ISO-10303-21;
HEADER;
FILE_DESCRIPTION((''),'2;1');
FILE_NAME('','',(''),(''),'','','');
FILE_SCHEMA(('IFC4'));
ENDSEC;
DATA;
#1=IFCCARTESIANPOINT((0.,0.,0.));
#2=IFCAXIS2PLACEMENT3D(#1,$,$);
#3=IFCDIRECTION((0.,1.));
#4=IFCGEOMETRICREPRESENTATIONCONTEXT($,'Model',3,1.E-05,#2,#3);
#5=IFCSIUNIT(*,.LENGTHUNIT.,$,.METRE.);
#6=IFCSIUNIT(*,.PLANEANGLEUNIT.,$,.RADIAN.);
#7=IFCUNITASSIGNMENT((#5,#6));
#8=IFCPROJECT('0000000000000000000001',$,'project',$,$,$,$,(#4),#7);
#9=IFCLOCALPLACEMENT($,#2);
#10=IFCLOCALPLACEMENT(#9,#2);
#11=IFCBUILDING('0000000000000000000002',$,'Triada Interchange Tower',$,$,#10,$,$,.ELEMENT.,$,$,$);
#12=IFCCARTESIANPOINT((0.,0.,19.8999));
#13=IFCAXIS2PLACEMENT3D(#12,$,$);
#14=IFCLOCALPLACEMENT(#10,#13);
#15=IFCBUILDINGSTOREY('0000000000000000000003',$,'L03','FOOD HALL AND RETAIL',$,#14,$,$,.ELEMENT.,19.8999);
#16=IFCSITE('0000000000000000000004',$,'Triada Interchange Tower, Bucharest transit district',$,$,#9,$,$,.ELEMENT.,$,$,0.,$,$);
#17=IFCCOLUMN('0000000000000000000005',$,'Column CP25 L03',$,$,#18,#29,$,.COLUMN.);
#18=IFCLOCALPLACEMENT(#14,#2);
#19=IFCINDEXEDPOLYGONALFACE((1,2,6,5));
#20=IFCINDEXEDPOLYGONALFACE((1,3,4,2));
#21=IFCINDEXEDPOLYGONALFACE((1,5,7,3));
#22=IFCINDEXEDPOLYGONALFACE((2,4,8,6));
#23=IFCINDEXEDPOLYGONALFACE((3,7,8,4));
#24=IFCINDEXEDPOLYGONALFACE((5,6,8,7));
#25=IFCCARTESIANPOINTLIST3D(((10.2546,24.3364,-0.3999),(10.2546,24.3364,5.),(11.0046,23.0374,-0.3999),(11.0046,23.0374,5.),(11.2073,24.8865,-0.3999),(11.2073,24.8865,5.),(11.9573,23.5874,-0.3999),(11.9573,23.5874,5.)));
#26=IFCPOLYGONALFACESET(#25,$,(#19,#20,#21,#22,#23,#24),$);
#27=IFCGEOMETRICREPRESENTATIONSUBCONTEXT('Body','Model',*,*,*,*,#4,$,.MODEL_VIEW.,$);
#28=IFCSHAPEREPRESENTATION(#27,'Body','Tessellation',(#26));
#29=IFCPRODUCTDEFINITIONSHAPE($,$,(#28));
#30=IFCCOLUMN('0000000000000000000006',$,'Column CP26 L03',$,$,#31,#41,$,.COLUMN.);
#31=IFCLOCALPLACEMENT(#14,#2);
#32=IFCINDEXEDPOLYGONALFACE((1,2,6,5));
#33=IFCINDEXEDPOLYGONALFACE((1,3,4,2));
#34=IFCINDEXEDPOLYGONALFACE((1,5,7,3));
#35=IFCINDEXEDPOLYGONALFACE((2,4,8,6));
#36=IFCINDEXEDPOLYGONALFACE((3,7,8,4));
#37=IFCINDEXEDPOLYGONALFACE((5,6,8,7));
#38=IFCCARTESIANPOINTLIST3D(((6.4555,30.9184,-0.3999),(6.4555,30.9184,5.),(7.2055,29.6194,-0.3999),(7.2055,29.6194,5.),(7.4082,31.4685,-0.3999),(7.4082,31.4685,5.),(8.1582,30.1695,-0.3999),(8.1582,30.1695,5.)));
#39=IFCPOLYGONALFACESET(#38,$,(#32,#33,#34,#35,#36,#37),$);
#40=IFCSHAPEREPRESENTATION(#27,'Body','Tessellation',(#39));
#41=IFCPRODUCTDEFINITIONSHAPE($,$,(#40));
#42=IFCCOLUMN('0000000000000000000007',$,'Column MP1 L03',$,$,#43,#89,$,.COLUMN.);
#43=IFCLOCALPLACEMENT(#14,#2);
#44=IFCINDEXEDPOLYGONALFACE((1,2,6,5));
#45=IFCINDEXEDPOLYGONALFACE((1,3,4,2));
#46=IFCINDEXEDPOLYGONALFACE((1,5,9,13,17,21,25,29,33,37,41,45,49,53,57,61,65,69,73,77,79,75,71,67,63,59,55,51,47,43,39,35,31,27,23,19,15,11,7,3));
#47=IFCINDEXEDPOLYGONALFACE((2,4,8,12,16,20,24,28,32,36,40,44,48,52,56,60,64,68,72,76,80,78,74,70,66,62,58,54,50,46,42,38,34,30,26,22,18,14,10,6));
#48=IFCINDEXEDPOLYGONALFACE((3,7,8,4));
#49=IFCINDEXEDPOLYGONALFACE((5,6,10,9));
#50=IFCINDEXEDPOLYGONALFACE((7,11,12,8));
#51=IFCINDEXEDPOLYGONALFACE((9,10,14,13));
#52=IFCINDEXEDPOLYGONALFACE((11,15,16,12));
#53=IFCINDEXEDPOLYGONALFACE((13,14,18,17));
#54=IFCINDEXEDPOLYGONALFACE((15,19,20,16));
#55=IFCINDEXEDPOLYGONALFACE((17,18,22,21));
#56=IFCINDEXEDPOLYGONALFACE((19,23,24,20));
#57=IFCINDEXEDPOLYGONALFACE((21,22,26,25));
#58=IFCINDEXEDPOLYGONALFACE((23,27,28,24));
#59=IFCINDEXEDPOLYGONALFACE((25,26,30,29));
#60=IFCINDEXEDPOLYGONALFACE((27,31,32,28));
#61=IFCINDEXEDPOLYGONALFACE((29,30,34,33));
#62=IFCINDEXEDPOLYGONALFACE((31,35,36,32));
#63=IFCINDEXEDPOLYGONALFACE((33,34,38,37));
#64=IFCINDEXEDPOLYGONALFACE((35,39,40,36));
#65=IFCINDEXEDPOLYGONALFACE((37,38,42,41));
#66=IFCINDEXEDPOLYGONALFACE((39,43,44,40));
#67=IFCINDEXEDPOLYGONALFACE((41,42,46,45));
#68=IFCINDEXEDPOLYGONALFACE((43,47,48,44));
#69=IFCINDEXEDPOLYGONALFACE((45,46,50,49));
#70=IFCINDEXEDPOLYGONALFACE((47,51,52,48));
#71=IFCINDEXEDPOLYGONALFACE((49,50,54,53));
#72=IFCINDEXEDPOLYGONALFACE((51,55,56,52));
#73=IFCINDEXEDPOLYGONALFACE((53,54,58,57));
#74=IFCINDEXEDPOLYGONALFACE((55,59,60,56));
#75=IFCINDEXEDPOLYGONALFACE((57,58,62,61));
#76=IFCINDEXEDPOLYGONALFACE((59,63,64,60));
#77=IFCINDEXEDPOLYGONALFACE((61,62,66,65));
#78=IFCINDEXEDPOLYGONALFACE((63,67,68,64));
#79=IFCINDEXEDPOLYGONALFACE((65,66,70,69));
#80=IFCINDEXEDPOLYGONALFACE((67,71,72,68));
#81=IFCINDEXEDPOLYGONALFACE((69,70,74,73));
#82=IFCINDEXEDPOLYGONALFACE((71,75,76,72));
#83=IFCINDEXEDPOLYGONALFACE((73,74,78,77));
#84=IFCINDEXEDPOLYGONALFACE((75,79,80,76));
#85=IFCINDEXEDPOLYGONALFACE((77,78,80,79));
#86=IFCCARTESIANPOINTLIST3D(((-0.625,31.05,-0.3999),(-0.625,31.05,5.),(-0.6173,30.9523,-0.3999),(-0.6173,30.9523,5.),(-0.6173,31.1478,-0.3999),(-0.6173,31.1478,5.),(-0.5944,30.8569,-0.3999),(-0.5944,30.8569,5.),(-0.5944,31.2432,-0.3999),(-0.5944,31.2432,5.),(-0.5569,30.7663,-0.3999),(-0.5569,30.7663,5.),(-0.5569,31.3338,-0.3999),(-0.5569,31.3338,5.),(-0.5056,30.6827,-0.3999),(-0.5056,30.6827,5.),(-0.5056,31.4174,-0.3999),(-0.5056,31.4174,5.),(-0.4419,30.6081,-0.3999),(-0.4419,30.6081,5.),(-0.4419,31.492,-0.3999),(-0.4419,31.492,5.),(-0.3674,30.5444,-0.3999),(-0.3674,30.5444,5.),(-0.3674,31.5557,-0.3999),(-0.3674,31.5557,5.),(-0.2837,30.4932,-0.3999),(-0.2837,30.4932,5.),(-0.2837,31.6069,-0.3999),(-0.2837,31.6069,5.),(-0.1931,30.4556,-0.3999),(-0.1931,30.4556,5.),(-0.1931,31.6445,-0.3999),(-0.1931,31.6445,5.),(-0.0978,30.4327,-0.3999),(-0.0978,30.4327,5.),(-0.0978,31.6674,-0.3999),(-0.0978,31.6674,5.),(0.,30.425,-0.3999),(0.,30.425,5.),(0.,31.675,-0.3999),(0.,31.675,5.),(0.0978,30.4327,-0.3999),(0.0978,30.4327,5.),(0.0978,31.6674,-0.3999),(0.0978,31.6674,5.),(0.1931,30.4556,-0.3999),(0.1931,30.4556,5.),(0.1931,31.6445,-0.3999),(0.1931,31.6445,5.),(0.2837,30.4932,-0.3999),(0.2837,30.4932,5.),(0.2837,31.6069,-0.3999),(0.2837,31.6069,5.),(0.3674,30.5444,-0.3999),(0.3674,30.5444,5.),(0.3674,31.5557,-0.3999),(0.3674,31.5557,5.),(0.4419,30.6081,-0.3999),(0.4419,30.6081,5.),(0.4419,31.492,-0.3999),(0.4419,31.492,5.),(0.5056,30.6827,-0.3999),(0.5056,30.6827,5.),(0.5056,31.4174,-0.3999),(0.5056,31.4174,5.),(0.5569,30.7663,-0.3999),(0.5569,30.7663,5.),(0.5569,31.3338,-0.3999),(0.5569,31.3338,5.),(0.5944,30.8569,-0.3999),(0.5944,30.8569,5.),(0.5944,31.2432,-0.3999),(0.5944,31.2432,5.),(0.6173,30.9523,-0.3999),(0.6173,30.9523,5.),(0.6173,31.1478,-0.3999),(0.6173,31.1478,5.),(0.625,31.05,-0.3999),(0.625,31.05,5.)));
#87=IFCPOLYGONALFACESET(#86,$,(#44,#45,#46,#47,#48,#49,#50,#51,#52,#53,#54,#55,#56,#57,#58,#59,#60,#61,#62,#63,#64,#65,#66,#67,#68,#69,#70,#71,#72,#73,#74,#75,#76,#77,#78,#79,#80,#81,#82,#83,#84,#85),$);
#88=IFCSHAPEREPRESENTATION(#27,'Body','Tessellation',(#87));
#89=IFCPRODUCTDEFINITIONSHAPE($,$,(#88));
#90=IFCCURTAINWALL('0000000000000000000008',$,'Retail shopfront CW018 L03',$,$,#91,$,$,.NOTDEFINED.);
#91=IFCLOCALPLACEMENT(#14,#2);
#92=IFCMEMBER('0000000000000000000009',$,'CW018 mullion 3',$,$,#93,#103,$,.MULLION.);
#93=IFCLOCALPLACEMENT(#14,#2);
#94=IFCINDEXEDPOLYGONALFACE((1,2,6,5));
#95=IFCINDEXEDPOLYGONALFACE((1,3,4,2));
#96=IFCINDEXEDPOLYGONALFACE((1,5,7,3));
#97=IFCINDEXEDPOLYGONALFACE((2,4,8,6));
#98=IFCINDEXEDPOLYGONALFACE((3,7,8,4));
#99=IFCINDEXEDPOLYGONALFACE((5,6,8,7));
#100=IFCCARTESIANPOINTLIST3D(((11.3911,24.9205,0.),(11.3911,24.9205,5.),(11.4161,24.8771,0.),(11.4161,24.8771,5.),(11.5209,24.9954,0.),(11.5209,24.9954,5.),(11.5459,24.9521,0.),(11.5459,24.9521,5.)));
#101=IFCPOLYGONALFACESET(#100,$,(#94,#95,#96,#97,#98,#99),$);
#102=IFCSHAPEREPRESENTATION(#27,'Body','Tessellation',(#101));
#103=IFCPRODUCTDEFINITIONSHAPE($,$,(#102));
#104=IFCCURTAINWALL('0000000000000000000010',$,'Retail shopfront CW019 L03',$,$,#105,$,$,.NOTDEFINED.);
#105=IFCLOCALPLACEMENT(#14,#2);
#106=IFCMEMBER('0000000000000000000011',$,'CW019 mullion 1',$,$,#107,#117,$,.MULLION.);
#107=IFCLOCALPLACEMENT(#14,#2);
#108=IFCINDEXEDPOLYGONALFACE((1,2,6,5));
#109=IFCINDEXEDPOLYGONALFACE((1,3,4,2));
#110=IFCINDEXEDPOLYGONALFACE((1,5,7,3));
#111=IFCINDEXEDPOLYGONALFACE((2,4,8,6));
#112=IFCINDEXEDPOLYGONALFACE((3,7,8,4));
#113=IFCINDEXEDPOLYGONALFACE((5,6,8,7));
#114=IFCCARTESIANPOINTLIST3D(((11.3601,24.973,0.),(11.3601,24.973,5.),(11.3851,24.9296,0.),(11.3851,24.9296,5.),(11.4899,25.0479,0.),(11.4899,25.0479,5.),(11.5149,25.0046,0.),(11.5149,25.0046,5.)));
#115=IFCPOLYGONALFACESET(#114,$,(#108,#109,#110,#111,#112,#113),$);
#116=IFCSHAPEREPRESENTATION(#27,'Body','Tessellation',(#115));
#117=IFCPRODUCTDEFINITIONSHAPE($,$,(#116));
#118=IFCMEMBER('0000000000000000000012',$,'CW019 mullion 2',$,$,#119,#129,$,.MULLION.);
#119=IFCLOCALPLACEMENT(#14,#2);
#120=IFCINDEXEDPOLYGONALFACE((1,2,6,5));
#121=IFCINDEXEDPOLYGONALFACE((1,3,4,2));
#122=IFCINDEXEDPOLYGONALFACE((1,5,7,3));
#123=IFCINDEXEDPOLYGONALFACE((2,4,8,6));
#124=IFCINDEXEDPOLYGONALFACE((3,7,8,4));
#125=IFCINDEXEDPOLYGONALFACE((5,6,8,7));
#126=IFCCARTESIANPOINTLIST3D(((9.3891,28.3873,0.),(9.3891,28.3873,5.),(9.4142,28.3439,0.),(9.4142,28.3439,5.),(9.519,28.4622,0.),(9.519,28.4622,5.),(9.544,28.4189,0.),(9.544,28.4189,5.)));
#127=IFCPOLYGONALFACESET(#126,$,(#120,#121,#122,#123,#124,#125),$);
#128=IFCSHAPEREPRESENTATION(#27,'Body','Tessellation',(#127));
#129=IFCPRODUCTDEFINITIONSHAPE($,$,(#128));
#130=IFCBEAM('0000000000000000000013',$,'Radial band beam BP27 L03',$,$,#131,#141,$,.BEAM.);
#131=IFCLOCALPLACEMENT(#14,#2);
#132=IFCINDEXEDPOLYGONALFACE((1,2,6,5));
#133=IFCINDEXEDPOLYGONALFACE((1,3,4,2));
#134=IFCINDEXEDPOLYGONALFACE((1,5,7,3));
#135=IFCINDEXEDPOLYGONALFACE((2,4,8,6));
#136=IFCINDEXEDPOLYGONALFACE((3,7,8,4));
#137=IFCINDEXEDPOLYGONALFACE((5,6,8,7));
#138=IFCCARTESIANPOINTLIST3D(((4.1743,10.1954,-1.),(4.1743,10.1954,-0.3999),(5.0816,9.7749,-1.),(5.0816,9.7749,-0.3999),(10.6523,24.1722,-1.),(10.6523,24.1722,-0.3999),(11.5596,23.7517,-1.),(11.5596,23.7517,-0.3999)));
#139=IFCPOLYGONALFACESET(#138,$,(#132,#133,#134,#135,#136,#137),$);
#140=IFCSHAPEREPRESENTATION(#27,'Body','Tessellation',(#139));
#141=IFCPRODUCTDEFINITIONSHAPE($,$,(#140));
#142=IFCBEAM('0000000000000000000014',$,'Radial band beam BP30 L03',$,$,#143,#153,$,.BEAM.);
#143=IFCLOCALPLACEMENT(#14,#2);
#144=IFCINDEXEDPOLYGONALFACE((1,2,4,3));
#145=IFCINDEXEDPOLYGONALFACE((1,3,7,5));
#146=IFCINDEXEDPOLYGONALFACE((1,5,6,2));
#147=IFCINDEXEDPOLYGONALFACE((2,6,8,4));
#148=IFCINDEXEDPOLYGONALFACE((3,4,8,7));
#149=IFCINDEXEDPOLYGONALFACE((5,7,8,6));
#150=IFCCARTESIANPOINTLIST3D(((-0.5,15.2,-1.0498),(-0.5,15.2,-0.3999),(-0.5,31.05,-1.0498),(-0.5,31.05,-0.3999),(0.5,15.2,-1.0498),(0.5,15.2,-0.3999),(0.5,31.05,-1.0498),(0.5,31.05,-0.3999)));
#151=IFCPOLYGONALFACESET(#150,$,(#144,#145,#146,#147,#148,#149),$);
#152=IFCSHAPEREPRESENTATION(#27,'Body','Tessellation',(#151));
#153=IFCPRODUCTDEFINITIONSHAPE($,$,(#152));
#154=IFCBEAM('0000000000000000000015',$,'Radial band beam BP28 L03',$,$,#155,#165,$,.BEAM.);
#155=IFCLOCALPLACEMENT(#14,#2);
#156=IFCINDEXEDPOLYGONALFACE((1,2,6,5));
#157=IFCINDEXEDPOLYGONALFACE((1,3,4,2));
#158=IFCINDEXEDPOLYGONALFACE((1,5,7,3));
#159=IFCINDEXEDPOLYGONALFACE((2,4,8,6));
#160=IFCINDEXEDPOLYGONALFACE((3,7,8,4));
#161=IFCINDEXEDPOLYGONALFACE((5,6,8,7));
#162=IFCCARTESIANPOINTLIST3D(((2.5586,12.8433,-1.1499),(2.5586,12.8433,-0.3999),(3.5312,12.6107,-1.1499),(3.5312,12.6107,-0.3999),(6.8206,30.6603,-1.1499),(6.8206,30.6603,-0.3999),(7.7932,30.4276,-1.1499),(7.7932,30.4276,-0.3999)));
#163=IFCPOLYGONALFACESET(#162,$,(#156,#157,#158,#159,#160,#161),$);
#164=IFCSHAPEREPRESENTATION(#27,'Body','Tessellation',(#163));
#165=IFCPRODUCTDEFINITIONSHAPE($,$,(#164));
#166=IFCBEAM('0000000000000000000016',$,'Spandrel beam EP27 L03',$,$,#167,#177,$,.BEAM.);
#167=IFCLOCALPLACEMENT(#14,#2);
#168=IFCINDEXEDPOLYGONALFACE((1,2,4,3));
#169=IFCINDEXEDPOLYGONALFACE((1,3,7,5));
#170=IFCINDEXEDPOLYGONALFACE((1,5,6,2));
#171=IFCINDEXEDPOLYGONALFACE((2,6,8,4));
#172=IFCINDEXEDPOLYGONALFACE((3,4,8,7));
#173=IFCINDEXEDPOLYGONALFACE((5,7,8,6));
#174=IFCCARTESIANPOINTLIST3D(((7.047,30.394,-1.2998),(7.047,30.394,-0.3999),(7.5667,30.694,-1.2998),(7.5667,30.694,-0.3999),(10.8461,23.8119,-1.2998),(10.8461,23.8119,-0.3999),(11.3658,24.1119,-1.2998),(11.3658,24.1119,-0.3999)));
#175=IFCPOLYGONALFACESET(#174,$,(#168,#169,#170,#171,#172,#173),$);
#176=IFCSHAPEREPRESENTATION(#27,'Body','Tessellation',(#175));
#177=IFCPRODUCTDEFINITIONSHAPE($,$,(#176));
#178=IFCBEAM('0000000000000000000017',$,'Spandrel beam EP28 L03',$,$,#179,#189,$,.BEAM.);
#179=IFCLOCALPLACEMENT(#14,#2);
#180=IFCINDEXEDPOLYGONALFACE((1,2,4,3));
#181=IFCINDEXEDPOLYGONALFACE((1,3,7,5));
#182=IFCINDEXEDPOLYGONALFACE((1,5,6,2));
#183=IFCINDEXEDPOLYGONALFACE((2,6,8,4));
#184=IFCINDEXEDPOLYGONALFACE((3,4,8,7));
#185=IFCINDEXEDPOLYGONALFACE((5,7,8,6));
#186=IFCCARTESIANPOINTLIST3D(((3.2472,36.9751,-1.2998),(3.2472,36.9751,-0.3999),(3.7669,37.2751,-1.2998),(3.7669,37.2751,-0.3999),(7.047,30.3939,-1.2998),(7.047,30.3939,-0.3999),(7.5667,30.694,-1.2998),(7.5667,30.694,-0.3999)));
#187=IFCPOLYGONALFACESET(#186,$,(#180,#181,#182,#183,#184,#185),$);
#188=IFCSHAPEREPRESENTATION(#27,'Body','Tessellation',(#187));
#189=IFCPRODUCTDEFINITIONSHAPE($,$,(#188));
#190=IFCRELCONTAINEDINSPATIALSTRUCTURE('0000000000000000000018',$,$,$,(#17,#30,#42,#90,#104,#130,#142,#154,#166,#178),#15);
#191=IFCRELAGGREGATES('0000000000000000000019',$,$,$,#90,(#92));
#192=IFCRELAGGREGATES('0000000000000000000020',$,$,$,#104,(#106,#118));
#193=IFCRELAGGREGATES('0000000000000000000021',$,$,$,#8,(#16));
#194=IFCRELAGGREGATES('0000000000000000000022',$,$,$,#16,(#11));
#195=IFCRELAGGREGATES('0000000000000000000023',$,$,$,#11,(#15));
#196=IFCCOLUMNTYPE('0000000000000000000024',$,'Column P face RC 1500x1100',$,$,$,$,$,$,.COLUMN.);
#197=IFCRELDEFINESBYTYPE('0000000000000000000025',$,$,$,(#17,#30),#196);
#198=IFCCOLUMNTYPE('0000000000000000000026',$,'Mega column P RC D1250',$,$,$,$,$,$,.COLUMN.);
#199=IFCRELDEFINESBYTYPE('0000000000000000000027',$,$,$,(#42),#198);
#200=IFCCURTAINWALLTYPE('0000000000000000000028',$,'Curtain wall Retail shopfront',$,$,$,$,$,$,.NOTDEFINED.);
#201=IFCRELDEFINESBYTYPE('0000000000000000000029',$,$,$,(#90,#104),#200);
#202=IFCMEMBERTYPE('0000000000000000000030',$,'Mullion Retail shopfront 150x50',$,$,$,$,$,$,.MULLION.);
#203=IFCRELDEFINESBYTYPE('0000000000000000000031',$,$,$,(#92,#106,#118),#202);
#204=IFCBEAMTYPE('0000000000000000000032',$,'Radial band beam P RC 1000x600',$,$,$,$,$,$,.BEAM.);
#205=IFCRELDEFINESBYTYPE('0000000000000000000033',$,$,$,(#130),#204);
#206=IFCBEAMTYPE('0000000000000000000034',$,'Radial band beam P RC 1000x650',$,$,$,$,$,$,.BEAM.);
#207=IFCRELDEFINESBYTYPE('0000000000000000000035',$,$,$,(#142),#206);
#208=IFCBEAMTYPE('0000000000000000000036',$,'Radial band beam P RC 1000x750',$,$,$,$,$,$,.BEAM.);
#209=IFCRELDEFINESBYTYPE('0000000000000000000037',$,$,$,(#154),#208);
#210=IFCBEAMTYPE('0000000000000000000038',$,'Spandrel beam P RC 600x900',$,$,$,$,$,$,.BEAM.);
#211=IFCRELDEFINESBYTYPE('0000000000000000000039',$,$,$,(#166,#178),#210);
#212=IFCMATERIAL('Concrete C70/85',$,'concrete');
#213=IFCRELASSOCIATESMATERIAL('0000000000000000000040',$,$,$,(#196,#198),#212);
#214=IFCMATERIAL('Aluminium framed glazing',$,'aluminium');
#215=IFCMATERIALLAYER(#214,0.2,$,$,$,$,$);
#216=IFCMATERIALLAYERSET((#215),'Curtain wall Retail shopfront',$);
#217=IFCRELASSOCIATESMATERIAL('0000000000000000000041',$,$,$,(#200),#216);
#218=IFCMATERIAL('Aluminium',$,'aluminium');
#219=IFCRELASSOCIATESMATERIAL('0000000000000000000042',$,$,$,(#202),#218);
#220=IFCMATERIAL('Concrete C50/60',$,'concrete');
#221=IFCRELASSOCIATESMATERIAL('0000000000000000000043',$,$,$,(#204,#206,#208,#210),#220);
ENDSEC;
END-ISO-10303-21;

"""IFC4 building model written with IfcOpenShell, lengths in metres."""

from ifc_helpers import new_model, si_unit, direction, frame, origin, origin_2d, place, context, subcontext, project, spatial, rectangle, circle, extrude, material, layer, layer_set, material_profile, profile_set, type_object, element, aggregate, save


model = new_model("IFC4")

# Units and contexts
model_context = context("Model", 3, precision=1e-05, world=origin(), true_north=direction((0.0, 1.0)))
body_context = subcontext(model_context, "Body", "Model", "MODEL_VIEW")
ifc_project = project(units=[si_unit("LENGTHUNIT", "METRE"), si_unit("PLANEANGLEUNIT", "RADIAN")], contexts=[model_context])

# Site, building, storey
site_placement = place(None, origin())
site = spatial("IfcSite", under=ifc_project, at=site_placement, Name="Triada Interchange Tower, Bucharest transit district", CompositionType="ELEMENT", RefElevation=0.0)
building_placement = place(site_placement, origin())
building = spatial("IfcBuilding", under=site, at=building_placement, Name="Triada Interchange Tower", CompositionType="ELEMENT")
storey_placement = place(building_placement, frame((0.0, 0.0, 19.8999)))
storey = spatial("IfcBuildingStorey", under=building, at=storey_placement, Name="L03", Description="FOOD HALL AND RETAIL", CompositionType="ELEMENT", Elevation=19.8999)

# Columns
ifc_material_1 = material(Name="Concrete C70/85", Category="concrete")
ifc_material_profile_1 = material_profile(ifc_material_1, rectangle(XDim=1.5, YDim=1.1001, at=origin_2d()), Name="RC 1500x1100")
ifc_profile_set_1 = profile_set([ifc_material_profile_1], Name="Concrete C70/85")
column_type_1 = type_object("IfcColumnType", Name="Column P face RC 1500x1100", PredefinedType="COLUMN", material=ifc_profile_set_1)
for number, where, z_axis, x_axis, name in (
    (1, (11.106, 23.9619, -0.3999), (0.0, 0.0, 1.0), (-0.5, 0.866025, 0.0), "Column CP25 L03"),
    (2, (7.3069, 30.5439, -0.3999), (0.0, 0.0, 1.0), (-0.5, 0.866025, 0.0), "Column CP26 L03"),
):
    element("IfcColumn", number, at=place(storey_placement, frame(where, z_axis=z_axis, x_axis=x_axis)), inside=storey, type_object=column_type_1, Name=name, PredefinedType="COLUMN", context=body_context, shape_type="SweptSolid", body=[
        extrude(rectangle(XDim=1.5, YDim=1.1001, at=origin_2d()), origin(), (0.0, 0.0, 1.0), 5.3999),
    ])
ifc_material_profile_2 = material_profile(ifc_material_1, circle(Radius=0.625, at=origin_2d()), Name="RC D1250")
ifc_profile_set_2 = profile_set([ifc_material_profile_2], Name="Concrete C70/85")
column_type_2 = type_object("IfcColumnType", Name="Mega column P RC D1250", PredefinedType="COLUMN", material=ifc_profile_set_2)
column_placement = place(storey_placement, frame((0.0, 31.05, -0.3999), z_axis=(0.0, 0.0, 1.0), x_axis=(1.0, 0.0, 0.0)))
element("IfcColumn", 3, at=column_placement, inside=storey, type_object=column_type_2, Name="Column MP1 L03", PredefinedType="COLUMN", context=body_context, shape_type="SweptSolid", body=[
    extrude(circle(Radius=0.625, at=origin_2d()), origin(), (0.0, 0.0, 1.0), 5.3999),
])

# Curtain wall, member
ifc_material_2 = material(Name="Aluminium framed glazing", Category="aluminium")
ifc_layer_1 = layer(ifc_material_2, 0.2)
ifc_layer_set_1 = layer_set([ifc_layer_1], Name="Curtain wall Retail shopfront")
curtain_wall_type = type_object("IfcCurtainWallType", Name="Curtain wall Retail shopfront", PredefinedType="NOTDEFINED", material=ifc_layer_set_1)
curtain_wall_1_placement = place(storey_placement, origin())
curtain_wall_1 = element("IfcCurtainWall", 4, at=curtain_wall_1_placement, inside=storey, type_object=curtain_wall_type, Name="Retail shopfront CW018 L03", PredefinedType="NOTDEFINED")
ifc_material_3 = material(Name="Aluminium", Category="aluminium")
ifc_material_profile_3 = material_profile(ifc_material_3, rectangle(XDim=0.1499, YDim=0.05, at=origin_2d()), Name="Aluminium mullion")
ifc_profile_set_3 = profile_set([ifc_material_profile_3], Name="Aluminium")
member_type_1 = type_object("IfcMemberType", Name="Mullion Retail shopfront 150x50", PredefinedType="MULLION", material=ifc_profile_set_3)
member_1_placement = place(storey_placement, frame((11.4685, 24.9363, 0.0), z_axis=(0.0, 0.0, 1.0), x_axis=(-0.866055, -0.499948, 0.0)))
member_1 = element("IfcMember", 5, at=member_1_placement, type_object=member_type_1, Name="CW018 mullion 3", PredefinedType="MULLION", context=body_context, shape_type="SweptSolid", body=[
    extrude(rectangle(XDim=0.1499, YDim=0.05, at=origin_2d()), origin(), (0.0, 0.0, 1.0), 5.0),
])
aggregate(curtain_wall_1, [member_1])

# Curtain wall, members
curtain_wall_2_placement = place(storey_placement, origin())
curtain_wall_2 = element("IfcCurtainWall", 6, at=curtain_wall_2_placement, inside=storey, type_object=curtain_wall_type, Name="Retail shopfront CW019 L03", PredefinedType="NOTDEFINED")
member_2_placement = place(storey_placement, frame((11.4375, 24.9888, 0.0), z_axis=(0.0, 0.0, 1.0), x_axis=(-0.866055, -0.499948, 0.0)))
member_2 = element("IfcMember", 7, at=member_2_placement, type_object=member_type_1, Name="CW019 mullion 1", PredefinedType="MULLION", context=body_context, shape_type="SweptSolid", body=[
    extrude(rectangle(XDim=0.1499, YDim=0.05, at=origin_2d()), origin(), (0.0, 0.0, 1.0), 5.0),
])
member_3_placement = place(storey_placement, frame((9.4666, 28.4031, 0.0), z_axis=(0.0, 0.0, 1.0), x_axis=(-0.866055, -0.499948, 0.0)))
member_3 = element("IfcMember", 8, at=member_3_placement, type_object=member_type_1, Name="CW019 mullion 2", PredefinedType="MULLION", context=body_context, shape_type="SweptSolid", body=[
    extrude(rectangle(XDim=0.1499, YDim=0.05, at=origin_2d()), origin(), (0.0, 0.0, 1.0), 5.0),
])

# Beams
ifc_material_4 = material(Name="Concrete C50/60", Category="concrete")
ifc_material_profile_4 = material_profile(ifc_material_4, rectangle(XDim=1.0, YDim=0.6001, at=origin_2d()), Name="RC 1000x600")
ifc_profile_set_4 = profile_set([ifc_material_profile_4], Name="Concrete C50/60")
beam_type_1 = type_object("IfcBeamType", Name="Radial band beam P RC 1000x600", PredefinedType="BEAM", material=ifc_profile_set_4)
beam_1_placement = place(storey_placement, frame((11.106, 23.9619, -0.7), z_axis=(-0.420513, -0.907287, 0.0), x_axis=(0.907287, -0.420513, 0.0)))
element("IfcBeam", 9, at=beam_1_placement, inside=storey, type_object=beam_type_1, Name="Radial band beam BP27 L03", PredefinedType="BEAM", context=body_context, shape_type="SweptSolid", body=[
    extrude(rectangle(XDim=1.0, YDim=0.6001, at=origin_2d()), origin(), (0.0, 0.0, 1.0), 15.405),
])
ifc_material_profile_5 = material_profile(ifc_material_4, rectangle(XDim=1.0, YDim=0.6499, at=origin_2d()), Name="RC 1000x650")
ifc_profile_set_5 = profile_set([ifc_material_profile_5], Name="Concrete C50/60")
beam_type_2 = type_object("IfcBeamType", Name="Radial band beam P RC 1000x650", PredefinedType="BEAM", material=ifc_profile_set_5)
beam_2_placement = place(storey_placement, frame((0.0, 31.05, -0.7249), z_axis=(0.0, -1.0, 0.0), x_axis=(1.0, 0.0, 0.0)))
element("IfcBeam", 10, at=beam_2_placement, inside=storey, type_object=beam_type_2, Name="Radial band beam BP30 L03", PredefinedType="BEAM", context=body_context, shape_type="SweptSolid", body=[
    extrude(rectangle(XDim=1.0, YDim=0.6499, at=origin_2d()), origin(), (0.0, 0.0, 1.0), 15.8501),
])
ifc_material_profile_6 = material_profile(ifc_material_4, rectangle(XDim=1.0, YDim=0.75, at=origin_2d()), Name="RC 1000x750")
ifc_profile_set_6 = profile_set([ifc_material_profile_6], Name="Concrete C50/60")
beam_type_3 = type_object("IfcBeamType", Name="Radial band beam P RC 1000x750", PredefinedType="BEAM", material=ifc_profile_set_6)
beam_3_placement = place(storey_placement, frame((7.3069, 30.5439, -0.7749), z_axis=(-0.232646, -0.972562, 0.0), x_axis=(0.972562, -0.232646, 0.0)))
element("IfcBeam", 11, at=beam_3_placement, inside=storey, type_object=beam_type_3, Name="Radial band beam BP28 L03", PredefinedType="BEAM", context=body_context, shape_type="SweptSolid", body=[
    extrude(rectangle(XDim=1.0, YDim=0.75, at=origin_2d()), origin(), (0.0, 0.0, 1.0), 18.3196),
])
ifc_material_profile_7 = material_profile(ifc_material_4, rectangle(XDim=0.6001, YDim=0.8999, at=origin_2d()), Name="RC 600x900")
ifc_profile_set_7 = profile_set([ifc_material_profile_7], Name="Concrete C50/60")
beam_type_4 = type_object("IfcBeamType", Name="Spandrel beam P RC 600x900", PredefinedType="BEAM", material=ifc_profile_set_7)
beam_4_placement = place(storey_placement, frame((11.106, 23.9619, -0.8499), z_axis=(-0.499895, 0.866086, 0.0), x_axis=(-0.866086, -0.499895, 0.0)))
element("IfcBeam", 12, at=beam_4_placement, inside=storey, type_object=beam_type_4, Name="Spandrel beam EP27 L03", PredefinedType="BEAM", context=body_context, shape_type="SweptSolid", body=[
    extrude(rectangle(XDim=0.6001, YDim=0.8999, at=origin_2d()), origin(), (0.0, 0.0, 1.0), 7.5999),
])
beam_5_placement = place(storey_placement, frame((7.3069, 30.5439, -0.8499), z_axis=(-0.500023, 0.866012, 0.0), x_axis=(-0.866012, -0.500023, 0.0)))
element("IfcBeam", 13, at=beam_5_placement, inside=storey, type_object=beam_type_4, Name="Spandrel beam EP28 L03", PredefinedType="BEAM", context=body_context, shape_type="SweptSolid", body=[
    extrude(rectangle(XDim=0.6001, YDim=0.8999, at=origin_2d()), origin(), (0.0, 0.0, 1.0), 7.5994),
])

aggregate(curtain_wall_2, [member_2, member_3])

save(model, "model.ifc")
